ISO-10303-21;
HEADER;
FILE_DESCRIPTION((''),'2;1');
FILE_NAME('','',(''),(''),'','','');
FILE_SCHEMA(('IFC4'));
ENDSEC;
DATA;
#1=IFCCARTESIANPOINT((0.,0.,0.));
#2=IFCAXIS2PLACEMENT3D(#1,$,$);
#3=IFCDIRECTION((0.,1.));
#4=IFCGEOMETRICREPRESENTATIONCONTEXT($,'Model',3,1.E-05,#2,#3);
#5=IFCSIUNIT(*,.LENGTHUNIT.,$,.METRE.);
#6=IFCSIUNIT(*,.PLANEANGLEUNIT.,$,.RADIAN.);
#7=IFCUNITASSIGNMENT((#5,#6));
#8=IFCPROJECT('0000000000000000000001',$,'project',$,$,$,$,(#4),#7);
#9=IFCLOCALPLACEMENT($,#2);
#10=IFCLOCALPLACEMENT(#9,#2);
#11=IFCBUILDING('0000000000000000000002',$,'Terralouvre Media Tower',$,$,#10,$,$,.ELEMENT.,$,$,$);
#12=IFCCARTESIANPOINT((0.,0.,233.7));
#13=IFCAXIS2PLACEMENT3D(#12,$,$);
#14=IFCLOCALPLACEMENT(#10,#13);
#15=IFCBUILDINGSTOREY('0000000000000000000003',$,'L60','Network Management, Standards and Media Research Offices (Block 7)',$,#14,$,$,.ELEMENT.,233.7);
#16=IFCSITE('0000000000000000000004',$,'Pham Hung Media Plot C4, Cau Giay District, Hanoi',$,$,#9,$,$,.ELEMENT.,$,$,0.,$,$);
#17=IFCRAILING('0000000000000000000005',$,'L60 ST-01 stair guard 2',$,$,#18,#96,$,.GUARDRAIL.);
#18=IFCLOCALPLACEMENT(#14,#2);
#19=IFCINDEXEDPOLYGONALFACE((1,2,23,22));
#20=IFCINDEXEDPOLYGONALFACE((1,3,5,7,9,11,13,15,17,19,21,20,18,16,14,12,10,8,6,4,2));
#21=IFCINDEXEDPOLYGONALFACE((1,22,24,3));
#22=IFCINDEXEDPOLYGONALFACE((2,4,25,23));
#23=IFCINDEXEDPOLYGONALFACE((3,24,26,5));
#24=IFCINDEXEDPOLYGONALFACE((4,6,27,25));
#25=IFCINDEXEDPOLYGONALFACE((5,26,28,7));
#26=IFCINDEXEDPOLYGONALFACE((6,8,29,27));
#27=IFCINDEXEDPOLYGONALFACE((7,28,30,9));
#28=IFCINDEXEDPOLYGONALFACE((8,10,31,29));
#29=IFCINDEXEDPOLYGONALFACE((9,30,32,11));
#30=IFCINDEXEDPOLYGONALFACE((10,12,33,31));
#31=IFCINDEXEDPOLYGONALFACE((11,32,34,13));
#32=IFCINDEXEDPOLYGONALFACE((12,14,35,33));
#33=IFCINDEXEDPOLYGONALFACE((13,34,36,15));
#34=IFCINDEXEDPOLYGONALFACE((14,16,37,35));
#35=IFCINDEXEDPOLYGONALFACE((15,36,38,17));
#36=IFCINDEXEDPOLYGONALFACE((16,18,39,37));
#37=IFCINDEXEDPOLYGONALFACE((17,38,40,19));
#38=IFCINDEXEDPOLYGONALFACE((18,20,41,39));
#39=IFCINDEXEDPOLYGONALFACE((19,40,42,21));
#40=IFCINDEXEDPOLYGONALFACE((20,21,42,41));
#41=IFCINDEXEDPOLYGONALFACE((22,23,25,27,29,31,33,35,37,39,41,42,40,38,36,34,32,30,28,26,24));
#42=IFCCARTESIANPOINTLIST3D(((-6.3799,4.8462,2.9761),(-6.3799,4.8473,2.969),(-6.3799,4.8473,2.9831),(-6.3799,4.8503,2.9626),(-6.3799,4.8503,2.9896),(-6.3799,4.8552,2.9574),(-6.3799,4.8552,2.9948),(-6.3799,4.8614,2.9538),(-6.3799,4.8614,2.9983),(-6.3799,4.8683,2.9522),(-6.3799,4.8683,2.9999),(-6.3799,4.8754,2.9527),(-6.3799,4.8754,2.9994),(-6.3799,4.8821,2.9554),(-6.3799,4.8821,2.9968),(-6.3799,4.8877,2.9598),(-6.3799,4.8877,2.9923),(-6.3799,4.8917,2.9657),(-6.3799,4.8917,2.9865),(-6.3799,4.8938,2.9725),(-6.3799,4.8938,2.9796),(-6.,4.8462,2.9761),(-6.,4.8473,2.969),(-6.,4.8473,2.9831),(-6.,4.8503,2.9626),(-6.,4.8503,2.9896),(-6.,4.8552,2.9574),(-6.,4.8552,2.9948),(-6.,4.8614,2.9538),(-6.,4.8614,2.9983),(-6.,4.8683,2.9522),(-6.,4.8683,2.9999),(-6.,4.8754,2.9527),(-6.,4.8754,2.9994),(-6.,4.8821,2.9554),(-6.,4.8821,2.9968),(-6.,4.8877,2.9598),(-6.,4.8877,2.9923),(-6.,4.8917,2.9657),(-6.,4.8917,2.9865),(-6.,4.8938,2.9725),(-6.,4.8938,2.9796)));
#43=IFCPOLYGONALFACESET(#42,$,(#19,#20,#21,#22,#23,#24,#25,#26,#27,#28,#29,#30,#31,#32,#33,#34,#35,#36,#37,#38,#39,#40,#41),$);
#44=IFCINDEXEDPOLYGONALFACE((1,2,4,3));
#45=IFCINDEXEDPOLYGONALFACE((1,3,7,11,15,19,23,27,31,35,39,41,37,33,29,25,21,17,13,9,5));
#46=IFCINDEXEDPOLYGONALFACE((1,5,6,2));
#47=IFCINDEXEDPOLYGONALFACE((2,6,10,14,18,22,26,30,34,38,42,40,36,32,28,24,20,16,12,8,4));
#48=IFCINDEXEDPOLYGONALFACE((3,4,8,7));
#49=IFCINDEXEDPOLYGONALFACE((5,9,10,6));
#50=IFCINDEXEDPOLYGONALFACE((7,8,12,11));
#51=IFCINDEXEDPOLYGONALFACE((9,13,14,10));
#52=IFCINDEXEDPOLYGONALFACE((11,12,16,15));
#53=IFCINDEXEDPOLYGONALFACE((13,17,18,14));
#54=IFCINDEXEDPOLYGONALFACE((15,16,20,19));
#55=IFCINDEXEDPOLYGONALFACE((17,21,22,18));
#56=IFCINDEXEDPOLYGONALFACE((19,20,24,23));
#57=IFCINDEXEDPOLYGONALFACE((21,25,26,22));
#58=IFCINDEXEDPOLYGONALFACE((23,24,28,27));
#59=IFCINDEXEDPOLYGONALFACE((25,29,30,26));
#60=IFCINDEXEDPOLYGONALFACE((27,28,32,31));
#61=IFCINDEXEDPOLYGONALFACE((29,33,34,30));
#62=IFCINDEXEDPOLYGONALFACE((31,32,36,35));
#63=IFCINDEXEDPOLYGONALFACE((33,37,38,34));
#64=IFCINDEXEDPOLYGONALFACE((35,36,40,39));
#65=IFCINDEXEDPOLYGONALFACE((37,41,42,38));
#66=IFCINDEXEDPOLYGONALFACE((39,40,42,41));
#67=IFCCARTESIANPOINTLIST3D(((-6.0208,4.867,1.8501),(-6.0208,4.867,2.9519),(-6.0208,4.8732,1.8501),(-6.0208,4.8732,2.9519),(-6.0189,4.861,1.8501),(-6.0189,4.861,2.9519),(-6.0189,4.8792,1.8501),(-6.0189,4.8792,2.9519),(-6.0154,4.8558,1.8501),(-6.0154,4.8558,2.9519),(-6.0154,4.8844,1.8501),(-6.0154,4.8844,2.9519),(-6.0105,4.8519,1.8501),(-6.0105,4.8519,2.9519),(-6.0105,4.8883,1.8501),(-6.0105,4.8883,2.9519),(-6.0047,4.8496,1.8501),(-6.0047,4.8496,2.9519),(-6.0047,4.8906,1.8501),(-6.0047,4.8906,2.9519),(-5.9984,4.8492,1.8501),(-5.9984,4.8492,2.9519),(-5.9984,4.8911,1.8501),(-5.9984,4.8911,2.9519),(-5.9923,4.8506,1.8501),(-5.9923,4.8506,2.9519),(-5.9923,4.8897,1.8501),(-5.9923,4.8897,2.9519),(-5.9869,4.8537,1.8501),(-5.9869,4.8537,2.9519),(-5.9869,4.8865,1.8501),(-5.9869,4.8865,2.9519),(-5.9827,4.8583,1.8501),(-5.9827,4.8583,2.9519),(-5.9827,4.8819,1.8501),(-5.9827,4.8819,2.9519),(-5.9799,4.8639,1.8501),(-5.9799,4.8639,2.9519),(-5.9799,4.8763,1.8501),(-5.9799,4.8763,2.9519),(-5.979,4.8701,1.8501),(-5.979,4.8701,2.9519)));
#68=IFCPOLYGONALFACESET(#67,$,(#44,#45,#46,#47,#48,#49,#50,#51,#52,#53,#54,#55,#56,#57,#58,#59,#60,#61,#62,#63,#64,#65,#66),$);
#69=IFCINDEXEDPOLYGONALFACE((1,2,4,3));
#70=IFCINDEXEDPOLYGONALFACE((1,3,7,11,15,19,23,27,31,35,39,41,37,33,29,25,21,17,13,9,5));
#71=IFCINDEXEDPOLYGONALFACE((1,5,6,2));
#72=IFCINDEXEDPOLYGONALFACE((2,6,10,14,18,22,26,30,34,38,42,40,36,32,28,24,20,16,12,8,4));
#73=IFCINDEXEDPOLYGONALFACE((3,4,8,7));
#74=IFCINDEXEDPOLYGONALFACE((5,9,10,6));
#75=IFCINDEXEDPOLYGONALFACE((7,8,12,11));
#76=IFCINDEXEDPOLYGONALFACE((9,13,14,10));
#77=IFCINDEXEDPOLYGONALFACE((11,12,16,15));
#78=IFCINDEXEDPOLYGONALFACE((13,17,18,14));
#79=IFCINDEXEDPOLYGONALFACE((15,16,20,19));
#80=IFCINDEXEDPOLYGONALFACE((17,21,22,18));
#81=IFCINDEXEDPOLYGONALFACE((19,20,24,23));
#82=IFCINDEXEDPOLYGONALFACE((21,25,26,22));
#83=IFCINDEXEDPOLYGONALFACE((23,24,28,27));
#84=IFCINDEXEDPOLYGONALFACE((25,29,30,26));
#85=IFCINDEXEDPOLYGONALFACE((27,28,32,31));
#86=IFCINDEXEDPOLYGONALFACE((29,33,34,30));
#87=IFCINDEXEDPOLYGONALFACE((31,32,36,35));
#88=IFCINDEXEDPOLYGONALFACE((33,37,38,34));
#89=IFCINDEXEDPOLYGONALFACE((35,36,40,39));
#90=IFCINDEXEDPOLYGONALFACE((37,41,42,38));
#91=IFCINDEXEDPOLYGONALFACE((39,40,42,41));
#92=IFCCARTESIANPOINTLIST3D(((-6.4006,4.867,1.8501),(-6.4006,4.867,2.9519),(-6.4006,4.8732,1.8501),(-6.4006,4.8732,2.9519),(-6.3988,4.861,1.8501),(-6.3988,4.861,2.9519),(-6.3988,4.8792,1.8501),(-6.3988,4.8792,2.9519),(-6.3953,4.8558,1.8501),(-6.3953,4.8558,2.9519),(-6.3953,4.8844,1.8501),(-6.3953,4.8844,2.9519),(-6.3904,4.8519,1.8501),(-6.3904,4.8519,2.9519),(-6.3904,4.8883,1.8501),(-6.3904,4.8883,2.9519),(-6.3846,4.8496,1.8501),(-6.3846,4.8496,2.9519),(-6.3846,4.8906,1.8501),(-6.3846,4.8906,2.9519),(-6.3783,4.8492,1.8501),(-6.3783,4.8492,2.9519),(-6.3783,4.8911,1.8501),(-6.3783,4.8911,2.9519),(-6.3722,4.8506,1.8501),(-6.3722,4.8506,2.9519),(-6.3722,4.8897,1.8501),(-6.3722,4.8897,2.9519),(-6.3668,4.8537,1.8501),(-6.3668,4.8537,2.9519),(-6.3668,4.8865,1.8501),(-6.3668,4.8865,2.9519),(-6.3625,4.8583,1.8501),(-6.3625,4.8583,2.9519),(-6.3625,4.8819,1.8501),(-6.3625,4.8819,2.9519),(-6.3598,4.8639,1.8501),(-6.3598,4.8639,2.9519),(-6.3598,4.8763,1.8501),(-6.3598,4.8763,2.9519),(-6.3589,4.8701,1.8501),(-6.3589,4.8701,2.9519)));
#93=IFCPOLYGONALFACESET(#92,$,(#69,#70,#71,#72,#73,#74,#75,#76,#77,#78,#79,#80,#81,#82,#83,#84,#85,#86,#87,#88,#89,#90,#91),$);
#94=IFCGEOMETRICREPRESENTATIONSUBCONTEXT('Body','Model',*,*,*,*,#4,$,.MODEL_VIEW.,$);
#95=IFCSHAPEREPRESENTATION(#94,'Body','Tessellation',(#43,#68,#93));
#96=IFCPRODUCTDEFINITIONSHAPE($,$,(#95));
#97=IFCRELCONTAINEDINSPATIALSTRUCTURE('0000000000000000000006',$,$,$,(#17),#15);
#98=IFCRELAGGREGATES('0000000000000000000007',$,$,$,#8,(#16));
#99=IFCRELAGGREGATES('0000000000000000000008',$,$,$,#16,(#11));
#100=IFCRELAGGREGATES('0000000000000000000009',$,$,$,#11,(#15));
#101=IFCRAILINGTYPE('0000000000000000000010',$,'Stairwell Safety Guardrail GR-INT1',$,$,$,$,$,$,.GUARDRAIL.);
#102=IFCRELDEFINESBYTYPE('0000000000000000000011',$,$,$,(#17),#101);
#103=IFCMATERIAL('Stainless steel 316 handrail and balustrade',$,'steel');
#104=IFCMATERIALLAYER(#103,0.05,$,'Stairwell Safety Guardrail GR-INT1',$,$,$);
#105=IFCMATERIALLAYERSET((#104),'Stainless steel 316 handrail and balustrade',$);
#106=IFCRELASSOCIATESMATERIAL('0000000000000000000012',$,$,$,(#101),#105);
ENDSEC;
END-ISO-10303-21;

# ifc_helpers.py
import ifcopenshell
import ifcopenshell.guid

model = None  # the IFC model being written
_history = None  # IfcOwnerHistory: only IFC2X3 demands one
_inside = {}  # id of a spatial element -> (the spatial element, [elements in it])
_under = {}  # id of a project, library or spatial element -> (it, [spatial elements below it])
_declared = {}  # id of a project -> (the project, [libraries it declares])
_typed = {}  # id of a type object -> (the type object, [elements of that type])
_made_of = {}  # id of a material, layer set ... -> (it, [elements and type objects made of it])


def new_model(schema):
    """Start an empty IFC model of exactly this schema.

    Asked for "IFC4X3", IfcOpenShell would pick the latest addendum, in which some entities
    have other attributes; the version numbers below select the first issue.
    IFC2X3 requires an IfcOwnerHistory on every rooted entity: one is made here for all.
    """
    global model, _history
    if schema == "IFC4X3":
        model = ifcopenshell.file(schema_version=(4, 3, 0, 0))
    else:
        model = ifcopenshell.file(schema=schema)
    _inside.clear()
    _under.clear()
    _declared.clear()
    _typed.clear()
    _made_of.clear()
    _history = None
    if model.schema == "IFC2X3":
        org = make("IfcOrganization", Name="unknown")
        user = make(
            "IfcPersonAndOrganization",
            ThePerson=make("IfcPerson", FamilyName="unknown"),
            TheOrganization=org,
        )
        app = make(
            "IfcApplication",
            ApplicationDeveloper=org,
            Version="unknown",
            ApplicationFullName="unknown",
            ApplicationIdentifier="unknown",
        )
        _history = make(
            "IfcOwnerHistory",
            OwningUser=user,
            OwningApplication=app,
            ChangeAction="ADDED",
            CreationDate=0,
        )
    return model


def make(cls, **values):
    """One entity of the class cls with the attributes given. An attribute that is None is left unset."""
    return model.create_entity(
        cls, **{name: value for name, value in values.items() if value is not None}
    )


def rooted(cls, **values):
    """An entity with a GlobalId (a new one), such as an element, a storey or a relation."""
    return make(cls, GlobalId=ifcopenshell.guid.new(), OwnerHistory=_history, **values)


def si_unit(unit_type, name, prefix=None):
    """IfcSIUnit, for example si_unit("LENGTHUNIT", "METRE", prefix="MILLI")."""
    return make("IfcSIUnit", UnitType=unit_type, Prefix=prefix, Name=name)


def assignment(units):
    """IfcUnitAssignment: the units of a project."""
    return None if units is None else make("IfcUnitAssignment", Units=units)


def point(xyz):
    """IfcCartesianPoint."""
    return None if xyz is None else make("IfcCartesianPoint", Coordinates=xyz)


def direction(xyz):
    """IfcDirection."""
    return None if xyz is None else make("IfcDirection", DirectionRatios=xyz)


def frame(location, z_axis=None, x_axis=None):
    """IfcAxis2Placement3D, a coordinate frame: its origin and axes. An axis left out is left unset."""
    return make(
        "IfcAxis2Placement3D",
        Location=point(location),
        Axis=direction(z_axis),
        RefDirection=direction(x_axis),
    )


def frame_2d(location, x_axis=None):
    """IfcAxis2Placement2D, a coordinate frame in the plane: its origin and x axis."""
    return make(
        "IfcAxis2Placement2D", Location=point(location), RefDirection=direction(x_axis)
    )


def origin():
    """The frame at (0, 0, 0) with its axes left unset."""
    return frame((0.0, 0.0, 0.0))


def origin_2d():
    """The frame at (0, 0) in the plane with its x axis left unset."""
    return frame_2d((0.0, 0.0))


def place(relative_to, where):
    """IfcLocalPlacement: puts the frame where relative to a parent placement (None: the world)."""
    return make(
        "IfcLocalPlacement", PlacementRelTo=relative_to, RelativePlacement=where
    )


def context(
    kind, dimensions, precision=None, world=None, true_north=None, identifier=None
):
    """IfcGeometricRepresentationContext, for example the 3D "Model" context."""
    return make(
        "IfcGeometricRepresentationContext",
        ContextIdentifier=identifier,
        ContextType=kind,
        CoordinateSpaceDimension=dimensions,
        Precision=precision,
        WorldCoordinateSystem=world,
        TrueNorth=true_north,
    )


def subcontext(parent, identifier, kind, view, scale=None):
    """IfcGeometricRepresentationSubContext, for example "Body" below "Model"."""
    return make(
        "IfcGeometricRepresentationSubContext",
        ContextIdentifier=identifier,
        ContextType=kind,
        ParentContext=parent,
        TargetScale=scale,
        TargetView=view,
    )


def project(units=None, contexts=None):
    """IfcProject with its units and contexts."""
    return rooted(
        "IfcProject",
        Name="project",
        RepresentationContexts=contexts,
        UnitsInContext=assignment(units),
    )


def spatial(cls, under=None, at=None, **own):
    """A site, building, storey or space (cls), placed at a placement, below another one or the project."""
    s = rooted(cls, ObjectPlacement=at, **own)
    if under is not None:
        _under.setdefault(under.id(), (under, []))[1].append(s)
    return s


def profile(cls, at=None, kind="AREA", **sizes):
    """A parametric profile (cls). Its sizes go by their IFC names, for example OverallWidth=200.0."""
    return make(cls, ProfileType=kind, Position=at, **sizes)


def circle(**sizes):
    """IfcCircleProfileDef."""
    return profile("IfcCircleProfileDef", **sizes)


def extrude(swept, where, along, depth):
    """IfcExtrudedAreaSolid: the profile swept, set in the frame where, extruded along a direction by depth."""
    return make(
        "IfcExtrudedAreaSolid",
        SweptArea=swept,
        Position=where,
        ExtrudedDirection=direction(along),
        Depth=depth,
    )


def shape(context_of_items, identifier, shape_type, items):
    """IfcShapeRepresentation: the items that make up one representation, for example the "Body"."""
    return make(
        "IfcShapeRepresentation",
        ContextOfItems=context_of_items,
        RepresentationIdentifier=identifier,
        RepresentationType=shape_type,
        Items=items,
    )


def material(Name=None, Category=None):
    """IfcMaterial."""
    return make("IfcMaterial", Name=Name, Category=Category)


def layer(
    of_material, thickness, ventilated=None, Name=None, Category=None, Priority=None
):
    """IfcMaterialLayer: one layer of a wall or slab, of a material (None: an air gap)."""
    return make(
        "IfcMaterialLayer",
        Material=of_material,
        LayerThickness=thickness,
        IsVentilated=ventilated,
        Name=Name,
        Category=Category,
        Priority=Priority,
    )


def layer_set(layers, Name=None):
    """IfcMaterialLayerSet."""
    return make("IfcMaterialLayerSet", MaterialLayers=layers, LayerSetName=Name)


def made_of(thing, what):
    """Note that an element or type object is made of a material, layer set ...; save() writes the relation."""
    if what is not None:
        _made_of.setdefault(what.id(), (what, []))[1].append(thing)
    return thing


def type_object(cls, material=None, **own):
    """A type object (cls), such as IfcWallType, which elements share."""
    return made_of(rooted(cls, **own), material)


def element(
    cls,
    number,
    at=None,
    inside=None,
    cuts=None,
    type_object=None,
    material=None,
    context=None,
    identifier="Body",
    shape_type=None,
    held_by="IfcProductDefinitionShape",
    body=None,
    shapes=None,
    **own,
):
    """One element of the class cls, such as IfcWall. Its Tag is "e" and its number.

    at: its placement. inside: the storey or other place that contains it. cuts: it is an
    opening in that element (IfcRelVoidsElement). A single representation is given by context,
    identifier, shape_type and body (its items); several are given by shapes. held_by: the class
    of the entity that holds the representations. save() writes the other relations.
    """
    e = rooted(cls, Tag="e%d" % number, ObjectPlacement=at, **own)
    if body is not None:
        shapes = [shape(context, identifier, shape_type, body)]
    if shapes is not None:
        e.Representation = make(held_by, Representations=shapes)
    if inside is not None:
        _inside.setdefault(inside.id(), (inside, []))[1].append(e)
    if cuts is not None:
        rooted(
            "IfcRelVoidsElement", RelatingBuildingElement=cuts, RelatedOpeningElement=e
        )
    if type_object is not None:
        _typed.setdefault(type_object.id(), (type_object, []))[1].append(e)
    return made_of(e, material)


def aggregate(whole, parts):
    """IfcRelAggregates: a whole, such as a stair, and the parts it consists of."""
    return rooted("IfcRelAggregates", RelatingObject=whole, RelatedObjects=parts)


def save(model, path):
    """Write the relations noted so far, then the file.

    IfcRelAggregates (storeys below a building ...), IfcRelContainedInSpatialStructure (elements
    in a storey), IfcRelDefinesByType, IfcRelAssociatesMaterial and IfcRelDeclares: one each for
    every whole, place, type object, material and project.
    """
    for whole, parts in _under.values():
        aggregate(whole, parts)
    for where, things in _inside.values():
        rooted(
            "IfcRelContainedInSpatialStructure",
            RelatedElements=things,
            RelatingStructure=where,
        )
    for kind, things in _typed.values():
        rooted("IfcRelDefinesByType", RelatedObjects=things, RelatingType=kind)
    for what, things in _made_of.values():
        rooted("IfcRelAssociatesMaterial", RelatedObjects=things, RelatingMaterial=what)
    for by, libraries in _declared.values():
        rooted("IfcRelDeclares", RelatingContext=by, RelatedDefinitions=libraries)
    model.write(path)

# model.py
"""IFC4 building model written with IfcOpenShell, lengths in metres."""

from ifc_helpers import new_model, si_unit, direction, frame, origin, origin_2d, place, context, subcontext, project, spatial, circle, extrude, material, layer, layer_set, type_object, element, save


model = new_model("IFC4")

# Units and contexts
model_context = context("Model", 3, precision=1e-05, world=origin(), true_north=direction((0.0, 1.0)))
body_context = subcontext(model_context, "Body", "Model", "MODEL_VIEW")
ifc_project = project(units=[si_unit("LENGTHUNIT", "METRE"), si_unit("PLANEANGLEUNIT", "RADIAN")], contexts=[model_context])

# Site, building, storey
site_placement = place(None, origin())
site = spatial("IfcSite", under=ifc_project, at=site_placement, Name="Pham Hung Media Plot C4, Cau Giay District, Hanoi", CompositionType="ELEMENT", RefElevation=0.0)
building_placement = place(site_placement, origin())
building = spatial("IfcBuilding", under=site, at=building_placement, Name="Terralouvre Media Tower", CompositionType="ELEMENT")
storey_placement = place(building_placement, frame((0.0, 0.0, 233.7)))
storey = spatial("IfcBuildingStorey", under=building, at=storey_placement, Name="L60", Description="Network Management, Standards and Media Research Offices (Block 7)", CompositionType="ELEMENT", Elevation=233.7)

# Railing
ifc_material_1 = material(Name="Stainless steel 316 handrail and balustrade", Category="steel")
ifc_layer_1 = layer(ifc_material_1, 0.05, Name="Stairwell Safety Guardrail GR-INT1")
ifc_layer_set_1 = layer_set([ifc_layer_1], Name="Stainless steel 316 handrail and balustrade")
railing_type_1 = type_object("IfcRailingType", Name="Stairwell Safety Guardrail GR-INT1", PredefinedType="GUARDRAIL", material=ifc_layer_set_1)
railing_1_placement = place(storey_placement, frame((-6.0, 4.8701, 1.8501)))
element("IfcRailing", 1, at=railing_1_placement, inside=storey, type_object=railing_type_1, Name="L60 ST-01 stair guard 2", PredefinedType="GUARDRAIL", context=body_context, shape_type="SweptSolid", body=[
    extrude(circle(Radius=0.0239, at=origin_2d()), frame((0.0, 0.0, 1.126), z_axis=(-1.0, 0.0, 0.0), x_axis=(0.0, -1.0, 0.0)), (0.0, 0.0, 1.0), 0.3799),
    extrude(circle(Radius=0.021, at=origin_2d()), origin(), (0.0, 0.0, 1.0), 1.1018),
    extrude(circle(Radius=0.021, at=origin_2d()), frame((-0.3799, 0.0, 0.0)), (0.0, 0.0, 1.0), 1.1018),
])

save(model, "model.ifc")
